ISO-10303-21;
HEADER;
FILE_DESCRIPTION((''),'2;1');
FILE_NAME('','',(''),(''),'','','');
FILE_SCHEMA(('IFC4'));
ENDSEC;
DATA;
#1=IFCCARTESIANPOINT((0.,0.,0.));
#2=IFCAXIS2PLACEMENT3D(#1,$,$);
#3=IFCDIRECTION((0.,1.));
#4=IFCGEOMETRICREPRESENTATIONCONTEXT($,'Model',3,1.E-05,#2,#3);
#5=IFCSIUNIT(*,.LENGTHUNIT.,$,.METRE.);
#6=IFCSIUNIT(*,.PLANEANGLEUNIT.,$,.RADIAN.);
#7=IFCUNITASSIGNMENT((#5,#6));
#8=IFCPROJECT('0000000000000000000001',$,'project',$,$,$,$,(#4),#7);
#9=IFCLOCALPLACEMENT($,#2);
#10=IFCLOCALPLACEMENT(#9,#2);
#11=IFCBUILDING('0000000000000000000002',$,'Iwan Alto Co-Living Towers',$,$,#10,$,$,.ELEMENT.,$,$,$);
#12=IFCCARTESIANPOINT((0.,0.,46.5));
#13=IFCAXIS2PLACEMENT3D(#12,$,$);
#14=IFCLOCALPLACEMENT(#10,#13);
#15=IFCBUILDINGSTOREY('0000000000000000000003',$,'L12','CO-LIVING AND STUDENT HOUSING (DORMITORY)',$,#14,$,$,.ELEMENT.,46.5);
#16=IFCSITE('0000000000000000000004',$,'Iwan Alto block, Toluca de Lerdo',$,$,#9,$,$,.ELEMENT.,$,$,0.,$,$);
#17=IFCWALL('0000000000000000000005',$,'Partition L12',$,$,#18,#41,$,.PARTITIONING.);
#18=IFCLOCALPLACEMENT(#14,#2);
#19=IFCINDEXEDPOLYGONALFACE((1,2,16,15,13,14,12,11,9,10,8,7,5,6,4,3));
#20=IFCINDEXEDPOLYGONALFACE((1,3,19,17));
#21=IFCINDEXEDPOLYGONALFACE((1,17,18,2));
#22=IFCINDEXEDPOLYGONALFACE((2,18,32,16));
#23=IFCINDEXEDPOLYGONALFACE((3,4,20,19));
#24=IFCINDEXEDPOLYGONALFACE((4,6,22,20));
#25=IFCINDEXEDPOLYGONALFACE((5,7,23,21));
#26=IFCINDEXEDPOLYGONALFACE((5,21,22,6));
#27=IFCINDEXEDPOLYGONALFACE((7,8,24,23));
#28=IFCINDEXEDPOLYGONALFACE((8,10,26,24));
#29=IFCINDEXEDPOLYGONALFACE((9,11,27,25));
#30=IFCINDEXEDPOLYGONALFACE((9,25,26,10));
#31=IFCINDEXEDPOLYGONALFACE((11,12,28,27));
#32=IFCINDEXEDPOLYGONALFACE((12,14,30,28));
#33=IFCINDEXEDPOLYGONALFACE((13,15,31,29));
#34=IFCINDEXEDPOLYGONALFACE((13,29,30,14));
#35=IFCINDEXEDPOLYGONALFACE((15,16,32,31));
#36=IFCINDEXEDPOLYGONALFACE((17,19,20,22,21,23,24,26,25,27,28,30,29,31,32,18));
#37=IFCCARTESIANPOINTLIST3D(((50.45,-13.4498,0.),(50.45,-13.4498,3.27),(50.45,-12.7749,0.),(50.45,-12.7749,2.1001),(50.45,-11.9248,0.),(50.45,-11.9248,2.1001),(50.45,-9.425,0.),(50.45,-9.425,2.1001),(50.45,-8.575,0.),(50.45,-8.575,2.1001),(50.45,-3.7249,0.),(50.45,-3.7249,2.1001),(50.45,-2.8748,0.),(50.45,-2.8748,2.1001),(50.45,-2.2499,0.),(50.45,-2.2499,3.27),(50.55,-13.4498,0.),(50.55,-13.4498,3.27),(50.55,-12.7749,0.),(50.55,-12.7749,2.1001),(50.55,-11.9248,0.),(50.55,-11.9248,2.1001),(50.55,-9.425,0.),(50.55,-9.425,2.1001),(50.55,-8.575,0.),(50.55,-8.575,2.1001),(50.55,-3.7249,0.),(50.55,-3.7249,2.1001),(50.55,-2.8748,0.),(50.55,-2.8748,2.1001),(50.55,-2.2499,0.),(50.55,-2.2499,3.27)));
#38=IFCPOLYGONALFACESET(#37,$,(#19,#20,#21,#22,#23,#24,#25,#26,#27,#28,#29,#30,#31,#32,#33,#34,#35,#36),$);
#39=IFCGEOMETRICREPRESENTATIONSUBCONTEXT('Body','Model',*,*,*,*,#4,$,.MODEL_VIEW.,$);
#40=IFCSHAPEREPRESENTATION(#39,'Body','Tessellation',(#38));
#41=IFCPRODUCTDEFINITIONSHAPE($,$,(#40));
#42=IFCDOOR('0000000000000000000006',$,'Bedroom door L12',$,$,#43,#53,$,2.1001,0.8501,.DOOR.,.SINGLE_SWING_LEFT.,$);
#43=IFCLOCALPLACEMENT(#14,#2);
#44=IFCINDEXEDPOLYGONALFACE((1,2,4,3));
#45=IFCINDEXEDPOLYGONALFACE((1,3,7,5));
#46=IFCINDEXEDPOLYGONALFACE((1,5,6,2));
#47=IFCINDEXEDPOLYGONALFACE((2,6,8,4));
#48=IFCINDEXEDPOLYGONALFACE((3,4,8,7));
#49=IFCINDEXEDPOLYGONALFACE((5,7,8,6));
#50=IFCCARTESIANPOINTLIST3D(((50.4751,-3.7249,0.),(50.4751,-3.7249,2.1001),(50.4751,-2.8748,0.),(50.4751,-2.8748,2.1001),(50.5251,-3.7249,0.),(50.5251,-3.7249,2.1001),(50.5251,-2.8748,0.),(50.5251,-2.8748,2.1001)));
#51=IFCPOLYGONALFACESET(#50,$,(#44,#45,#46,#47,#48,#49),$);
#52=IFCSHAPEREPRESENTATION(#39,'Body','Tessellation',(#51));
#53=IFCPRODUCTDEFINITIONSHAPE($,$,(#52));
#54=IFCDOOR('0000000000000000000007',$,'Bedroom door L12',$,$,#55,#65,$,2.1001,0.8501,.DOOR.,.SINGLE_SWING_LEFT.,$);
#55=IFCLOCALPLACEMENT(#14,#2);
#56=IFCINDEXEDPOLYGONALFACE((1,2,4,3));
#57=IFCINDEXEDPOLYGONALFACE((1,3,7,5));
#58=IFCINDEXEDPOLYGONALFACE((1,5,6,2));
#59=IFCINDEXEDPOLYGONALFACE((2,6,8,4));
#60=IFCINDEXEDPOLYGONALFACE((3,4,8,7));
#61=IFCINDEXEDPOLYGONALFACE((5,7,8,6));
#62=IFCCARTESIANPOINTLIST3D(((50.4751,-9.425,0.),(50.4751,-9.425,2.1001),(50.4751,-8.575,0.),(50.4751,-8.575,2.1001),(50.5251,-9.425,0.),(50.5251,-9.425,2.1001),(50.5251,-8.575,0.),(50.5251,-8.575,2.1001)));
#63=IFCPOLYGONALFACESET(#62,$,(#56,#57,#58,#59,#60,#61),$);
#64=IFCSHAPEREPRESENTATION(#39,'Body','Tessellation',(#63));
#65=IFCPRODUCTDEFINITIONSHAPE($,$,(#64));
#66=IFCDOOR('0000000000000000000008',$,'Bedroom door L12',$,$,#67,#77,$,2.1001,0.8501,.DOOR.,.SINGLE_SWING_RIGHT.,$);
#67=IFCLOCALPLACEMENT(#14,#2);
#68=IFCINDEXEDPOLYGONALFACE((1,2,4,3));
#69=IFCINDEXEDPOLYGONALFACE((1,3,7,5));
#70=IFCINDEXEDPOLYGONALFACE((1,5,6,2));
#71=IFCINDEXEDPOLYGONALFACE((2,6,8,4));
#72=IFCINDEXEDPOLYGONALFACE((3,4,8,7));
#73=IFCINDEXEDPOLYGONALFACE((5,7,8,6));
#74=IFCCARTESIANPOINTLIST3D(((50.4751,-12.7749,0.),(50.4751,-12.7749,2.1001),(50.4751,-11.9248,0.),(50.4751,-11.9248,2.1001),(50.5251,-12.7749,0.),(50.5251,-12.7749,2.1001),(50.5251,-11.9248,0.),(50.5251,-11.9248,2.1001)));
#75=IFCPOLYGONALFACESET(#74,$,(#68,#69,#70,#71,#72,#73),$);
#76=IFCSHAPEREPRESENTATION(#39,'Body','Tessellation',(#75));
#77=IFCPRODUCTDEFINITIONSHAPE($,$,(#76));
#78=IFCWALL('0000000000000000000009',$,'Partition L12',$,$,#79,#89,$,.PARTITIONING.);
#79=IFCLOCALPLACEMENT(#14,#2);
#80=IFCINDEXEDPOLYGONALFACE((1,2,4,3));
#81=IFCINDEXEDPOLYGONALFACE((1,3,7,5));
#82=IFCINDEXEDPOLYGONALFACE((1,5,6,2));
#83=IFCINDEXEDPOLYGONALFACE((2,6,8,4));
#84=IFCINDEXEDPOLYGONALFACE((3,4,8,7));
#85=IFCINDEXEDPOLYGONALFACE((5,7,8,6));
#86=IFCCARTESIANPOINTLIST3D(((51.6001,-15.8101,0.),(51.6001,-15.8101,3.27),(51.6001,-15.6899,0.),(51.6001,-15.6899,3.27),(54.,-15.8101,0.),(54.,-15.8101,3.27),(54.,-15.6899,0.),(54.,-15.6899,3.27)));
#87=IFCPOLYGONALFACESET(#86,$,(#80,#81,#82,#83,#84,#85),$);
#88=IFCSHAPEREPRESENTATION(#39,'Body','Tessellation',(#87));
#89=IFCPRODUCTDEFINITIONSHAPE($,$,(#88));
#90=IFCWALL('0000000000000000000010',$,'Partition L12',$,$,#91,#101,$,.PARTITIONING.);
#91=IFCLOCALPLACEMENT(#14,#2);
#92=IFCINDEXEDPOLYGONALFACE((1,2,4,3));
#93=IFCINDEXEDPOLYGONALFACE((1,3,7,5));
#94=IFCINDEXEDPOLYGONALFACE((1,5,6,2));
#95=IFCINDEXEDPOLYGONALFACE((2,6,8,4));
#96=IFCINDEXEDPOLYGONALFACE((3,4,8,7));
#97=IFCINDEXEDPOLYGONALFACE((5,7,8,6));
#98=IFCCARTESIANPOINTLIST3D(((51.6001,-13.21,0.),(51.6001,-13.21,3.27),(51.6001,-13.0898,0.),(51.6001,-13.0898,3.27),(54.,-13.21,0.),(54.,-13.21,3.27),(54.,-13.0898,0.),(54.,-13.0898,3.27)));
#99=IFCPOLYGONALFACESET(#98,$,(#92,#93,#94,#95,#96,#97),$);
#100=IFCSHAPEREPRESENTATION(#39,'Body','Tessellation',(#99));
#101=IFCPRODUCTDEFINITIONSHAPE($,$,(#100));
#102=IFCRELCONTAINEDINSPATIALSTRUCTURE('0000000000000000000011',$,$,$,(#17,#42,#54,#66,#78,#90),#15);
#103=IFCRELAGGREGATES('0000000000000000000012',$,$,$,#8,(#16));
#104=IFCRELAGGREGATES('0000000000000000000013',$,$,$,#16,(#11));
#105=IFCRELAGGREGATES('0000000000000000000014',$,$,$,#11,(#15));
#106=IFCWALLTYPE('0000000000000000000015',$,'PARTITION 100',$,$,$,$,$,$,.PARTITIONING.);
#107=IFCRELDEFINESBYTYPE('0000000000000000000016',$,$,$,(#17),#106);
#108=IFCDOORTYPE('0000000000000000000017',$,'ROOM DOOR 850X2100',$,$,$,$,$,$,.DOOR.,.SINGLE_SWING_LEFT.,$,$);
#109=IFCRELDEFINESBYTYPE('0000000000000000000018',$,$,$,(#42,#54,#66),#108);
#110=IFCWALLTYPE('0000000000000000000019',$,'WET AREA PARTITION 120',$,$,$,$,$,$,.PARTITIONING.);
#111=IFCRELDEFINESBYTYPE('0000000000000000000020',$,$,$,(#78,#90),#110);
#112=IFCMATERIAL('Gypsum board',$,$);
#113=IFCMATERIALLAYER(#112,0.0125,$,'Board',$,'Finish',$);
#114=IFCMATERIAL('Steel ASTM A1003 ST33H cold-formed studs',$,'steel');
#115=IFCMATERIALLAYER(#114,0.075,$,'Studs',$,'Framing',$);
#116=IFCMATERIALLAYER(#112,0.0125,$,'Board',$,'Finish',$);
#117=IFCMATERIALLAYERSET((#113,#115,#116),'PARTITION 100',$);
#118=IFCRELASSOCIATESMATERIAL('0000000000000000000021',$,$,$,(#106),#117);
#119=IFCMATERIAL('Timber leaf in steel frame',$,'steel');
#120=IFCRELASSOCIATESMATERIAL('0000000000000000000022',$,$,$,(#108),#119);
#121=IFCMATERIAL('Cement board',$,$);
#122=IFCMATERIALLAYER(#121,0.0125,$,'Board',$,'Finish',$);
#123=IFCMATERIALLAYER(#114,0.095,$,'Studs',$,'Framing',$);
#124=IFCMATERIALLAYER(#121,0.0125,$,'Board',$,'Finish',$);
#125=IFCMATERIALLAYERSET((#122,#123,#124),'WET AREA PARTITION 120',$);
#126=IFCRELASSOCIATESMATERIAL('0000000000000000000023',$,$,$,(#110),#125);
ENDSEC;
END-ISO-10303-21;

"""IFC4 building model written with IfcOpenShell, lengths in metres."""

from ifc_helpers import new_model, si_unit, direction, frame, frame_2d, origin, place, context, subcontext, project, spatial, rectangle, extrude, material, layer, layer_set, type_object, element, fill, save


model = new_model("IFC4")

# Units and contexts
model_context = context("Model", 3, precision=1e-05, world=origin(), true_north=direction((0.0, 1.0)))
body_context = subcontext(model_context, "Body", "Model", "MODEL_VIEW")
ifc_project = project(units=[si_unit("LENGTHUNIT", "METRE"), si_unit("PLANEANGLEUNIT", "RADIAN")], contexts=[model_context])

# Site, building, storey
site_placement = place(None, origin())
site = spatial("IfcSite", under=ifc_project, at=site_placement, Name="Iwan Alto block, Toluca de Lerdo", CompositionType="ELEMENT", RefElevation=0.0)
building_placement = place(site_placement, origin())
building = spatial("IfcBuilding", under=site, at=building_placement, Name="Iwan Alto Co-Living Towers", CompositionType="ELEMENT")
storey_placement = place(building_placement, frame((0.0, 0.0, 46.5)))
storey = spatial("IfcBuildingStorey", under=building, at=storey_placement, Name="L12", Description="CO-LIVING AND STUDENT HOUSING (DORMITORY)", CompositionType="ELEMENT", Elevation=46.5)

# Shared definitions
ifc_material_1 = material(Name="Gypsum board")
ifc_material_2 = material(Name="Steel ASTM A1003 ST33H cold-formed studs", Category="steel")

# Shared definitions
ifc_layer_1 = layer(ifc_material_1, 0.0125, Name="Board", Category="Finish")
ifc_layer_2 = layer(ifc_material_2, 0.075, Name="Studs", Category="Framing")
ifc_layer_3 = layer(ifc_material_1, 0.0125, Name="Board", Category="Finish")
ifc_layer_set_1 = layer_set([ifc_layer_1, ifc_layer_2, ifc_layer_3], Name="PARTITION 100")
wall_type_1 = type_object("IfcWallType", Name="PARTITION 100", PredefinedType="PARTITIONING", material=ifc_layer_set_1)

# Wall, openings, doors
wall_1_placement = place(storey_placement, frame((50.5, -13.45, 0.0), z_axis=(0.0, 0.0, 1.0), x_axis=(0.0, 1.0, 0.0)))
wall_1 = element("IfcWall", 1, at=wall_1_placement, inside=storey, type_object=wall_type_1, Name="Partition L12", PredefinedType="PARTITIONING", context=body_context, shape_type="SweptSolid", body=[
    extrude(rectangle(XDim=11.2, YDim=0.1001, at=frame_2d((5.6001, 0.0))), origin(), (0.0, 0.0, 1.0), 3.27),
])
opening_1_placement = place(wall_1_placement, frame((9.7251, 0.0, 0.0)))
opening_1 = element("IfcOpeningElement", 2, at=opening_1_placement, cuts=wall_1, PredefinedType="OPENING", context=body_context, shape_type="SweptSolid", body=[
    extrude(rectangle(XDim=0.8501, YDim=2.1001, at=frame_2d((0.425, 1.05))), frame((0.0, 0.0601, 0.0), z_axis=(0.0, -1.0, 0.0), x_axis=(1.0, 0.0, 0.0)), (0.0, 0.0, 1.0), 0.1201),
])
opening_2_placement = place(wall_1_placement, frame((4.0249, 0.0, 0.0)))
opening_2 = element("IfcOpeningElement", 3, at=opening_2_placement, cuts=wall_1, PredefinedType="OPENING", context=body_context, shape_type="SweptSolid", body=[
    extrude(rectangle(XDim=0.8501, YDim=2.1001, at=frame_2d((0.425, 1.05))), frame((0.0, 0.0601, 0.0), z_axis=(0.0, -1.0, 0.0), x_axis=(1.0, 0.0, 0.0)), (0.0, 0.0, 1.0), 0.1201),
])
opening_3_placement = place(wall_1_placement, frame((0.675, 0.0, 0.0)))
opening_3 = element("IfcOpeningElement", 4, at=opening_3_placement, cuts=wall_1, PredefinedType="OPENING", context=body_context, shape_type="SweptSolid", body=[
    extrude(rectangle(XDim=0.8501, YDim=2.1001, at=frame_2d((0.425, 1.05))), frame((0.0, 0.0601, 0.0), z_axis=(0.0, -1.0, 0.0), x_axis=(1.0, 0.0, 0.0)), (0.0, 0.0, 1.0), 0.1201),
])
ifc_material_3 = material(Name="Timber leaf in steel frame", Category="steel")
door_type_1 = type_object("IfcDoorType", Name="ROOM DOOR 850X2100", OperationType="SINGLE_SWING_LEFT", PredefinedType="DOOR", material=ifc_material_3)
door_1_placement = place(opening_1_placement, origin())
door_1 = element("IfcDoor", 5, at=door_1_placement, inside=storey, type_object=door_type_1, Name="Bedroom door L12", OperationType="SINGLE_SWING_LEFT", OverallHeight=2.1001, OverallWidth=0.8501, PredefinedType="DOOR", context=body_context, shape_type="SweptSolid", body=[
    extrude(rectangle(XDim=0.8501, YDim=2.1001, at=frame_2d((0.425, 1.05))), frame((0.0, 0.0249, 0.0), z_axis=(0.0, -1.0, 0.0), x_axis=(1.0, 0.0, 0.0)), (0.0, 0.0, 1.0), 0.05),
])
fill(opening_1, door_1)
door_2_placement = place(opening_2_placement, origin())
door_2 = element("IfcDoor", 6, at=door_2_placement, inside=storey, type_object=door_type_1, Name="Bedroom door L12", OperationType="SINGLE_SWING_LEFT", OverallHeight=2.1001, OverallWidth=0.8501, PredefinedType="DOOR", context=body_context, shape_type="SweptSolid", body=[
    extrude(rectangle(XDim=0.8501, YDim=2.1001, at=frame_2d((0.425, 1.05))), frame((0.0, 0.0249, 0.0), z_axis=(0.0, -1.0, 0.0), x_axis=(1.0, 0.0, 0.0)), (0.0, 0.0, 1.0), 0.05),
])
fill(opening_2, door_2)
door_3_placement = place(opening_3_placement, origin())
door_3 = element("IfcDoor", 7, at=door_3_placement, inside=storey, type_object=door_type_1, Name="Bedroom door L12", OperationType="SINGLE_SWING_RIGHT", OverallHeight=2.1001, OverallWidth=0.8501, PredefinedType="DOOR", context=body_context, shape_type="SweptSolid", body=[
    extrude(rectangle(XDim=0.8501, YDim=2.1001, at=frame_2d((0.425, 1.05))), frame((0.0, 0.0249, 0.0), z_axis=(0.0, -1.0, 0.0), x_axis=(1.0, 0.0, 0.0)), (0.0, 0.0, 1.0), 0.05),
])
fill(opening_3, door_3)

# Walls
ifc_material_4 = material(Name="Cement board")
ifc_layer_4 = layer(ifc_material_4, 0.0125, Name="Board", Category="Finish")
ifc_layer_5 = layer(ifc_material_2, 0.095, Name="Studs", Category="Framing")
ifc_layer_6 = layer(ifc_material_4, 0.0125, Name="Board", Category="Finish")
ifc_layer_set_2 = layer_set([ifc_layer_4, ifc_layer_5, ifc_layer_6], Name="WET AREA PARTITION 120")
wall_type_2 = type_object("IfcWallType", Name="WET AREA PARTITION 120", PredefinedType="PARTITIONING", material=ifc_layer_set_2)
for number, where, z_axis, x_axis, name in (
    (8, (51.6001, -15.75, 0.0), (0.0, 0.0, 1.0), (1.0, 0.0, 0.0), "Partition L12"),
    (9, (51.6001, -13.1499, 0.0), (0.0, 0.0, 1.0), (1.0, 0.0, 0.0), "Partition L12"),
):
    element("IfcWall", number, at=place(storey_placement, frame(where, z_axis=z_axis, x_axis=x_axis)), inside=storey, type_object=wall_type_2, Name=name, PredefinedType="PARTITIONING", context=body_context, shape_type="SweptSolid", body=[
        extrude(rectangle(XDim=2.3999, YDim=0.1201, at=frame_2d((1.2, 0.0))), origin(), (0.0, 0.0, 1.0), 3.27),
    ])

save(model, "model.ifc")
